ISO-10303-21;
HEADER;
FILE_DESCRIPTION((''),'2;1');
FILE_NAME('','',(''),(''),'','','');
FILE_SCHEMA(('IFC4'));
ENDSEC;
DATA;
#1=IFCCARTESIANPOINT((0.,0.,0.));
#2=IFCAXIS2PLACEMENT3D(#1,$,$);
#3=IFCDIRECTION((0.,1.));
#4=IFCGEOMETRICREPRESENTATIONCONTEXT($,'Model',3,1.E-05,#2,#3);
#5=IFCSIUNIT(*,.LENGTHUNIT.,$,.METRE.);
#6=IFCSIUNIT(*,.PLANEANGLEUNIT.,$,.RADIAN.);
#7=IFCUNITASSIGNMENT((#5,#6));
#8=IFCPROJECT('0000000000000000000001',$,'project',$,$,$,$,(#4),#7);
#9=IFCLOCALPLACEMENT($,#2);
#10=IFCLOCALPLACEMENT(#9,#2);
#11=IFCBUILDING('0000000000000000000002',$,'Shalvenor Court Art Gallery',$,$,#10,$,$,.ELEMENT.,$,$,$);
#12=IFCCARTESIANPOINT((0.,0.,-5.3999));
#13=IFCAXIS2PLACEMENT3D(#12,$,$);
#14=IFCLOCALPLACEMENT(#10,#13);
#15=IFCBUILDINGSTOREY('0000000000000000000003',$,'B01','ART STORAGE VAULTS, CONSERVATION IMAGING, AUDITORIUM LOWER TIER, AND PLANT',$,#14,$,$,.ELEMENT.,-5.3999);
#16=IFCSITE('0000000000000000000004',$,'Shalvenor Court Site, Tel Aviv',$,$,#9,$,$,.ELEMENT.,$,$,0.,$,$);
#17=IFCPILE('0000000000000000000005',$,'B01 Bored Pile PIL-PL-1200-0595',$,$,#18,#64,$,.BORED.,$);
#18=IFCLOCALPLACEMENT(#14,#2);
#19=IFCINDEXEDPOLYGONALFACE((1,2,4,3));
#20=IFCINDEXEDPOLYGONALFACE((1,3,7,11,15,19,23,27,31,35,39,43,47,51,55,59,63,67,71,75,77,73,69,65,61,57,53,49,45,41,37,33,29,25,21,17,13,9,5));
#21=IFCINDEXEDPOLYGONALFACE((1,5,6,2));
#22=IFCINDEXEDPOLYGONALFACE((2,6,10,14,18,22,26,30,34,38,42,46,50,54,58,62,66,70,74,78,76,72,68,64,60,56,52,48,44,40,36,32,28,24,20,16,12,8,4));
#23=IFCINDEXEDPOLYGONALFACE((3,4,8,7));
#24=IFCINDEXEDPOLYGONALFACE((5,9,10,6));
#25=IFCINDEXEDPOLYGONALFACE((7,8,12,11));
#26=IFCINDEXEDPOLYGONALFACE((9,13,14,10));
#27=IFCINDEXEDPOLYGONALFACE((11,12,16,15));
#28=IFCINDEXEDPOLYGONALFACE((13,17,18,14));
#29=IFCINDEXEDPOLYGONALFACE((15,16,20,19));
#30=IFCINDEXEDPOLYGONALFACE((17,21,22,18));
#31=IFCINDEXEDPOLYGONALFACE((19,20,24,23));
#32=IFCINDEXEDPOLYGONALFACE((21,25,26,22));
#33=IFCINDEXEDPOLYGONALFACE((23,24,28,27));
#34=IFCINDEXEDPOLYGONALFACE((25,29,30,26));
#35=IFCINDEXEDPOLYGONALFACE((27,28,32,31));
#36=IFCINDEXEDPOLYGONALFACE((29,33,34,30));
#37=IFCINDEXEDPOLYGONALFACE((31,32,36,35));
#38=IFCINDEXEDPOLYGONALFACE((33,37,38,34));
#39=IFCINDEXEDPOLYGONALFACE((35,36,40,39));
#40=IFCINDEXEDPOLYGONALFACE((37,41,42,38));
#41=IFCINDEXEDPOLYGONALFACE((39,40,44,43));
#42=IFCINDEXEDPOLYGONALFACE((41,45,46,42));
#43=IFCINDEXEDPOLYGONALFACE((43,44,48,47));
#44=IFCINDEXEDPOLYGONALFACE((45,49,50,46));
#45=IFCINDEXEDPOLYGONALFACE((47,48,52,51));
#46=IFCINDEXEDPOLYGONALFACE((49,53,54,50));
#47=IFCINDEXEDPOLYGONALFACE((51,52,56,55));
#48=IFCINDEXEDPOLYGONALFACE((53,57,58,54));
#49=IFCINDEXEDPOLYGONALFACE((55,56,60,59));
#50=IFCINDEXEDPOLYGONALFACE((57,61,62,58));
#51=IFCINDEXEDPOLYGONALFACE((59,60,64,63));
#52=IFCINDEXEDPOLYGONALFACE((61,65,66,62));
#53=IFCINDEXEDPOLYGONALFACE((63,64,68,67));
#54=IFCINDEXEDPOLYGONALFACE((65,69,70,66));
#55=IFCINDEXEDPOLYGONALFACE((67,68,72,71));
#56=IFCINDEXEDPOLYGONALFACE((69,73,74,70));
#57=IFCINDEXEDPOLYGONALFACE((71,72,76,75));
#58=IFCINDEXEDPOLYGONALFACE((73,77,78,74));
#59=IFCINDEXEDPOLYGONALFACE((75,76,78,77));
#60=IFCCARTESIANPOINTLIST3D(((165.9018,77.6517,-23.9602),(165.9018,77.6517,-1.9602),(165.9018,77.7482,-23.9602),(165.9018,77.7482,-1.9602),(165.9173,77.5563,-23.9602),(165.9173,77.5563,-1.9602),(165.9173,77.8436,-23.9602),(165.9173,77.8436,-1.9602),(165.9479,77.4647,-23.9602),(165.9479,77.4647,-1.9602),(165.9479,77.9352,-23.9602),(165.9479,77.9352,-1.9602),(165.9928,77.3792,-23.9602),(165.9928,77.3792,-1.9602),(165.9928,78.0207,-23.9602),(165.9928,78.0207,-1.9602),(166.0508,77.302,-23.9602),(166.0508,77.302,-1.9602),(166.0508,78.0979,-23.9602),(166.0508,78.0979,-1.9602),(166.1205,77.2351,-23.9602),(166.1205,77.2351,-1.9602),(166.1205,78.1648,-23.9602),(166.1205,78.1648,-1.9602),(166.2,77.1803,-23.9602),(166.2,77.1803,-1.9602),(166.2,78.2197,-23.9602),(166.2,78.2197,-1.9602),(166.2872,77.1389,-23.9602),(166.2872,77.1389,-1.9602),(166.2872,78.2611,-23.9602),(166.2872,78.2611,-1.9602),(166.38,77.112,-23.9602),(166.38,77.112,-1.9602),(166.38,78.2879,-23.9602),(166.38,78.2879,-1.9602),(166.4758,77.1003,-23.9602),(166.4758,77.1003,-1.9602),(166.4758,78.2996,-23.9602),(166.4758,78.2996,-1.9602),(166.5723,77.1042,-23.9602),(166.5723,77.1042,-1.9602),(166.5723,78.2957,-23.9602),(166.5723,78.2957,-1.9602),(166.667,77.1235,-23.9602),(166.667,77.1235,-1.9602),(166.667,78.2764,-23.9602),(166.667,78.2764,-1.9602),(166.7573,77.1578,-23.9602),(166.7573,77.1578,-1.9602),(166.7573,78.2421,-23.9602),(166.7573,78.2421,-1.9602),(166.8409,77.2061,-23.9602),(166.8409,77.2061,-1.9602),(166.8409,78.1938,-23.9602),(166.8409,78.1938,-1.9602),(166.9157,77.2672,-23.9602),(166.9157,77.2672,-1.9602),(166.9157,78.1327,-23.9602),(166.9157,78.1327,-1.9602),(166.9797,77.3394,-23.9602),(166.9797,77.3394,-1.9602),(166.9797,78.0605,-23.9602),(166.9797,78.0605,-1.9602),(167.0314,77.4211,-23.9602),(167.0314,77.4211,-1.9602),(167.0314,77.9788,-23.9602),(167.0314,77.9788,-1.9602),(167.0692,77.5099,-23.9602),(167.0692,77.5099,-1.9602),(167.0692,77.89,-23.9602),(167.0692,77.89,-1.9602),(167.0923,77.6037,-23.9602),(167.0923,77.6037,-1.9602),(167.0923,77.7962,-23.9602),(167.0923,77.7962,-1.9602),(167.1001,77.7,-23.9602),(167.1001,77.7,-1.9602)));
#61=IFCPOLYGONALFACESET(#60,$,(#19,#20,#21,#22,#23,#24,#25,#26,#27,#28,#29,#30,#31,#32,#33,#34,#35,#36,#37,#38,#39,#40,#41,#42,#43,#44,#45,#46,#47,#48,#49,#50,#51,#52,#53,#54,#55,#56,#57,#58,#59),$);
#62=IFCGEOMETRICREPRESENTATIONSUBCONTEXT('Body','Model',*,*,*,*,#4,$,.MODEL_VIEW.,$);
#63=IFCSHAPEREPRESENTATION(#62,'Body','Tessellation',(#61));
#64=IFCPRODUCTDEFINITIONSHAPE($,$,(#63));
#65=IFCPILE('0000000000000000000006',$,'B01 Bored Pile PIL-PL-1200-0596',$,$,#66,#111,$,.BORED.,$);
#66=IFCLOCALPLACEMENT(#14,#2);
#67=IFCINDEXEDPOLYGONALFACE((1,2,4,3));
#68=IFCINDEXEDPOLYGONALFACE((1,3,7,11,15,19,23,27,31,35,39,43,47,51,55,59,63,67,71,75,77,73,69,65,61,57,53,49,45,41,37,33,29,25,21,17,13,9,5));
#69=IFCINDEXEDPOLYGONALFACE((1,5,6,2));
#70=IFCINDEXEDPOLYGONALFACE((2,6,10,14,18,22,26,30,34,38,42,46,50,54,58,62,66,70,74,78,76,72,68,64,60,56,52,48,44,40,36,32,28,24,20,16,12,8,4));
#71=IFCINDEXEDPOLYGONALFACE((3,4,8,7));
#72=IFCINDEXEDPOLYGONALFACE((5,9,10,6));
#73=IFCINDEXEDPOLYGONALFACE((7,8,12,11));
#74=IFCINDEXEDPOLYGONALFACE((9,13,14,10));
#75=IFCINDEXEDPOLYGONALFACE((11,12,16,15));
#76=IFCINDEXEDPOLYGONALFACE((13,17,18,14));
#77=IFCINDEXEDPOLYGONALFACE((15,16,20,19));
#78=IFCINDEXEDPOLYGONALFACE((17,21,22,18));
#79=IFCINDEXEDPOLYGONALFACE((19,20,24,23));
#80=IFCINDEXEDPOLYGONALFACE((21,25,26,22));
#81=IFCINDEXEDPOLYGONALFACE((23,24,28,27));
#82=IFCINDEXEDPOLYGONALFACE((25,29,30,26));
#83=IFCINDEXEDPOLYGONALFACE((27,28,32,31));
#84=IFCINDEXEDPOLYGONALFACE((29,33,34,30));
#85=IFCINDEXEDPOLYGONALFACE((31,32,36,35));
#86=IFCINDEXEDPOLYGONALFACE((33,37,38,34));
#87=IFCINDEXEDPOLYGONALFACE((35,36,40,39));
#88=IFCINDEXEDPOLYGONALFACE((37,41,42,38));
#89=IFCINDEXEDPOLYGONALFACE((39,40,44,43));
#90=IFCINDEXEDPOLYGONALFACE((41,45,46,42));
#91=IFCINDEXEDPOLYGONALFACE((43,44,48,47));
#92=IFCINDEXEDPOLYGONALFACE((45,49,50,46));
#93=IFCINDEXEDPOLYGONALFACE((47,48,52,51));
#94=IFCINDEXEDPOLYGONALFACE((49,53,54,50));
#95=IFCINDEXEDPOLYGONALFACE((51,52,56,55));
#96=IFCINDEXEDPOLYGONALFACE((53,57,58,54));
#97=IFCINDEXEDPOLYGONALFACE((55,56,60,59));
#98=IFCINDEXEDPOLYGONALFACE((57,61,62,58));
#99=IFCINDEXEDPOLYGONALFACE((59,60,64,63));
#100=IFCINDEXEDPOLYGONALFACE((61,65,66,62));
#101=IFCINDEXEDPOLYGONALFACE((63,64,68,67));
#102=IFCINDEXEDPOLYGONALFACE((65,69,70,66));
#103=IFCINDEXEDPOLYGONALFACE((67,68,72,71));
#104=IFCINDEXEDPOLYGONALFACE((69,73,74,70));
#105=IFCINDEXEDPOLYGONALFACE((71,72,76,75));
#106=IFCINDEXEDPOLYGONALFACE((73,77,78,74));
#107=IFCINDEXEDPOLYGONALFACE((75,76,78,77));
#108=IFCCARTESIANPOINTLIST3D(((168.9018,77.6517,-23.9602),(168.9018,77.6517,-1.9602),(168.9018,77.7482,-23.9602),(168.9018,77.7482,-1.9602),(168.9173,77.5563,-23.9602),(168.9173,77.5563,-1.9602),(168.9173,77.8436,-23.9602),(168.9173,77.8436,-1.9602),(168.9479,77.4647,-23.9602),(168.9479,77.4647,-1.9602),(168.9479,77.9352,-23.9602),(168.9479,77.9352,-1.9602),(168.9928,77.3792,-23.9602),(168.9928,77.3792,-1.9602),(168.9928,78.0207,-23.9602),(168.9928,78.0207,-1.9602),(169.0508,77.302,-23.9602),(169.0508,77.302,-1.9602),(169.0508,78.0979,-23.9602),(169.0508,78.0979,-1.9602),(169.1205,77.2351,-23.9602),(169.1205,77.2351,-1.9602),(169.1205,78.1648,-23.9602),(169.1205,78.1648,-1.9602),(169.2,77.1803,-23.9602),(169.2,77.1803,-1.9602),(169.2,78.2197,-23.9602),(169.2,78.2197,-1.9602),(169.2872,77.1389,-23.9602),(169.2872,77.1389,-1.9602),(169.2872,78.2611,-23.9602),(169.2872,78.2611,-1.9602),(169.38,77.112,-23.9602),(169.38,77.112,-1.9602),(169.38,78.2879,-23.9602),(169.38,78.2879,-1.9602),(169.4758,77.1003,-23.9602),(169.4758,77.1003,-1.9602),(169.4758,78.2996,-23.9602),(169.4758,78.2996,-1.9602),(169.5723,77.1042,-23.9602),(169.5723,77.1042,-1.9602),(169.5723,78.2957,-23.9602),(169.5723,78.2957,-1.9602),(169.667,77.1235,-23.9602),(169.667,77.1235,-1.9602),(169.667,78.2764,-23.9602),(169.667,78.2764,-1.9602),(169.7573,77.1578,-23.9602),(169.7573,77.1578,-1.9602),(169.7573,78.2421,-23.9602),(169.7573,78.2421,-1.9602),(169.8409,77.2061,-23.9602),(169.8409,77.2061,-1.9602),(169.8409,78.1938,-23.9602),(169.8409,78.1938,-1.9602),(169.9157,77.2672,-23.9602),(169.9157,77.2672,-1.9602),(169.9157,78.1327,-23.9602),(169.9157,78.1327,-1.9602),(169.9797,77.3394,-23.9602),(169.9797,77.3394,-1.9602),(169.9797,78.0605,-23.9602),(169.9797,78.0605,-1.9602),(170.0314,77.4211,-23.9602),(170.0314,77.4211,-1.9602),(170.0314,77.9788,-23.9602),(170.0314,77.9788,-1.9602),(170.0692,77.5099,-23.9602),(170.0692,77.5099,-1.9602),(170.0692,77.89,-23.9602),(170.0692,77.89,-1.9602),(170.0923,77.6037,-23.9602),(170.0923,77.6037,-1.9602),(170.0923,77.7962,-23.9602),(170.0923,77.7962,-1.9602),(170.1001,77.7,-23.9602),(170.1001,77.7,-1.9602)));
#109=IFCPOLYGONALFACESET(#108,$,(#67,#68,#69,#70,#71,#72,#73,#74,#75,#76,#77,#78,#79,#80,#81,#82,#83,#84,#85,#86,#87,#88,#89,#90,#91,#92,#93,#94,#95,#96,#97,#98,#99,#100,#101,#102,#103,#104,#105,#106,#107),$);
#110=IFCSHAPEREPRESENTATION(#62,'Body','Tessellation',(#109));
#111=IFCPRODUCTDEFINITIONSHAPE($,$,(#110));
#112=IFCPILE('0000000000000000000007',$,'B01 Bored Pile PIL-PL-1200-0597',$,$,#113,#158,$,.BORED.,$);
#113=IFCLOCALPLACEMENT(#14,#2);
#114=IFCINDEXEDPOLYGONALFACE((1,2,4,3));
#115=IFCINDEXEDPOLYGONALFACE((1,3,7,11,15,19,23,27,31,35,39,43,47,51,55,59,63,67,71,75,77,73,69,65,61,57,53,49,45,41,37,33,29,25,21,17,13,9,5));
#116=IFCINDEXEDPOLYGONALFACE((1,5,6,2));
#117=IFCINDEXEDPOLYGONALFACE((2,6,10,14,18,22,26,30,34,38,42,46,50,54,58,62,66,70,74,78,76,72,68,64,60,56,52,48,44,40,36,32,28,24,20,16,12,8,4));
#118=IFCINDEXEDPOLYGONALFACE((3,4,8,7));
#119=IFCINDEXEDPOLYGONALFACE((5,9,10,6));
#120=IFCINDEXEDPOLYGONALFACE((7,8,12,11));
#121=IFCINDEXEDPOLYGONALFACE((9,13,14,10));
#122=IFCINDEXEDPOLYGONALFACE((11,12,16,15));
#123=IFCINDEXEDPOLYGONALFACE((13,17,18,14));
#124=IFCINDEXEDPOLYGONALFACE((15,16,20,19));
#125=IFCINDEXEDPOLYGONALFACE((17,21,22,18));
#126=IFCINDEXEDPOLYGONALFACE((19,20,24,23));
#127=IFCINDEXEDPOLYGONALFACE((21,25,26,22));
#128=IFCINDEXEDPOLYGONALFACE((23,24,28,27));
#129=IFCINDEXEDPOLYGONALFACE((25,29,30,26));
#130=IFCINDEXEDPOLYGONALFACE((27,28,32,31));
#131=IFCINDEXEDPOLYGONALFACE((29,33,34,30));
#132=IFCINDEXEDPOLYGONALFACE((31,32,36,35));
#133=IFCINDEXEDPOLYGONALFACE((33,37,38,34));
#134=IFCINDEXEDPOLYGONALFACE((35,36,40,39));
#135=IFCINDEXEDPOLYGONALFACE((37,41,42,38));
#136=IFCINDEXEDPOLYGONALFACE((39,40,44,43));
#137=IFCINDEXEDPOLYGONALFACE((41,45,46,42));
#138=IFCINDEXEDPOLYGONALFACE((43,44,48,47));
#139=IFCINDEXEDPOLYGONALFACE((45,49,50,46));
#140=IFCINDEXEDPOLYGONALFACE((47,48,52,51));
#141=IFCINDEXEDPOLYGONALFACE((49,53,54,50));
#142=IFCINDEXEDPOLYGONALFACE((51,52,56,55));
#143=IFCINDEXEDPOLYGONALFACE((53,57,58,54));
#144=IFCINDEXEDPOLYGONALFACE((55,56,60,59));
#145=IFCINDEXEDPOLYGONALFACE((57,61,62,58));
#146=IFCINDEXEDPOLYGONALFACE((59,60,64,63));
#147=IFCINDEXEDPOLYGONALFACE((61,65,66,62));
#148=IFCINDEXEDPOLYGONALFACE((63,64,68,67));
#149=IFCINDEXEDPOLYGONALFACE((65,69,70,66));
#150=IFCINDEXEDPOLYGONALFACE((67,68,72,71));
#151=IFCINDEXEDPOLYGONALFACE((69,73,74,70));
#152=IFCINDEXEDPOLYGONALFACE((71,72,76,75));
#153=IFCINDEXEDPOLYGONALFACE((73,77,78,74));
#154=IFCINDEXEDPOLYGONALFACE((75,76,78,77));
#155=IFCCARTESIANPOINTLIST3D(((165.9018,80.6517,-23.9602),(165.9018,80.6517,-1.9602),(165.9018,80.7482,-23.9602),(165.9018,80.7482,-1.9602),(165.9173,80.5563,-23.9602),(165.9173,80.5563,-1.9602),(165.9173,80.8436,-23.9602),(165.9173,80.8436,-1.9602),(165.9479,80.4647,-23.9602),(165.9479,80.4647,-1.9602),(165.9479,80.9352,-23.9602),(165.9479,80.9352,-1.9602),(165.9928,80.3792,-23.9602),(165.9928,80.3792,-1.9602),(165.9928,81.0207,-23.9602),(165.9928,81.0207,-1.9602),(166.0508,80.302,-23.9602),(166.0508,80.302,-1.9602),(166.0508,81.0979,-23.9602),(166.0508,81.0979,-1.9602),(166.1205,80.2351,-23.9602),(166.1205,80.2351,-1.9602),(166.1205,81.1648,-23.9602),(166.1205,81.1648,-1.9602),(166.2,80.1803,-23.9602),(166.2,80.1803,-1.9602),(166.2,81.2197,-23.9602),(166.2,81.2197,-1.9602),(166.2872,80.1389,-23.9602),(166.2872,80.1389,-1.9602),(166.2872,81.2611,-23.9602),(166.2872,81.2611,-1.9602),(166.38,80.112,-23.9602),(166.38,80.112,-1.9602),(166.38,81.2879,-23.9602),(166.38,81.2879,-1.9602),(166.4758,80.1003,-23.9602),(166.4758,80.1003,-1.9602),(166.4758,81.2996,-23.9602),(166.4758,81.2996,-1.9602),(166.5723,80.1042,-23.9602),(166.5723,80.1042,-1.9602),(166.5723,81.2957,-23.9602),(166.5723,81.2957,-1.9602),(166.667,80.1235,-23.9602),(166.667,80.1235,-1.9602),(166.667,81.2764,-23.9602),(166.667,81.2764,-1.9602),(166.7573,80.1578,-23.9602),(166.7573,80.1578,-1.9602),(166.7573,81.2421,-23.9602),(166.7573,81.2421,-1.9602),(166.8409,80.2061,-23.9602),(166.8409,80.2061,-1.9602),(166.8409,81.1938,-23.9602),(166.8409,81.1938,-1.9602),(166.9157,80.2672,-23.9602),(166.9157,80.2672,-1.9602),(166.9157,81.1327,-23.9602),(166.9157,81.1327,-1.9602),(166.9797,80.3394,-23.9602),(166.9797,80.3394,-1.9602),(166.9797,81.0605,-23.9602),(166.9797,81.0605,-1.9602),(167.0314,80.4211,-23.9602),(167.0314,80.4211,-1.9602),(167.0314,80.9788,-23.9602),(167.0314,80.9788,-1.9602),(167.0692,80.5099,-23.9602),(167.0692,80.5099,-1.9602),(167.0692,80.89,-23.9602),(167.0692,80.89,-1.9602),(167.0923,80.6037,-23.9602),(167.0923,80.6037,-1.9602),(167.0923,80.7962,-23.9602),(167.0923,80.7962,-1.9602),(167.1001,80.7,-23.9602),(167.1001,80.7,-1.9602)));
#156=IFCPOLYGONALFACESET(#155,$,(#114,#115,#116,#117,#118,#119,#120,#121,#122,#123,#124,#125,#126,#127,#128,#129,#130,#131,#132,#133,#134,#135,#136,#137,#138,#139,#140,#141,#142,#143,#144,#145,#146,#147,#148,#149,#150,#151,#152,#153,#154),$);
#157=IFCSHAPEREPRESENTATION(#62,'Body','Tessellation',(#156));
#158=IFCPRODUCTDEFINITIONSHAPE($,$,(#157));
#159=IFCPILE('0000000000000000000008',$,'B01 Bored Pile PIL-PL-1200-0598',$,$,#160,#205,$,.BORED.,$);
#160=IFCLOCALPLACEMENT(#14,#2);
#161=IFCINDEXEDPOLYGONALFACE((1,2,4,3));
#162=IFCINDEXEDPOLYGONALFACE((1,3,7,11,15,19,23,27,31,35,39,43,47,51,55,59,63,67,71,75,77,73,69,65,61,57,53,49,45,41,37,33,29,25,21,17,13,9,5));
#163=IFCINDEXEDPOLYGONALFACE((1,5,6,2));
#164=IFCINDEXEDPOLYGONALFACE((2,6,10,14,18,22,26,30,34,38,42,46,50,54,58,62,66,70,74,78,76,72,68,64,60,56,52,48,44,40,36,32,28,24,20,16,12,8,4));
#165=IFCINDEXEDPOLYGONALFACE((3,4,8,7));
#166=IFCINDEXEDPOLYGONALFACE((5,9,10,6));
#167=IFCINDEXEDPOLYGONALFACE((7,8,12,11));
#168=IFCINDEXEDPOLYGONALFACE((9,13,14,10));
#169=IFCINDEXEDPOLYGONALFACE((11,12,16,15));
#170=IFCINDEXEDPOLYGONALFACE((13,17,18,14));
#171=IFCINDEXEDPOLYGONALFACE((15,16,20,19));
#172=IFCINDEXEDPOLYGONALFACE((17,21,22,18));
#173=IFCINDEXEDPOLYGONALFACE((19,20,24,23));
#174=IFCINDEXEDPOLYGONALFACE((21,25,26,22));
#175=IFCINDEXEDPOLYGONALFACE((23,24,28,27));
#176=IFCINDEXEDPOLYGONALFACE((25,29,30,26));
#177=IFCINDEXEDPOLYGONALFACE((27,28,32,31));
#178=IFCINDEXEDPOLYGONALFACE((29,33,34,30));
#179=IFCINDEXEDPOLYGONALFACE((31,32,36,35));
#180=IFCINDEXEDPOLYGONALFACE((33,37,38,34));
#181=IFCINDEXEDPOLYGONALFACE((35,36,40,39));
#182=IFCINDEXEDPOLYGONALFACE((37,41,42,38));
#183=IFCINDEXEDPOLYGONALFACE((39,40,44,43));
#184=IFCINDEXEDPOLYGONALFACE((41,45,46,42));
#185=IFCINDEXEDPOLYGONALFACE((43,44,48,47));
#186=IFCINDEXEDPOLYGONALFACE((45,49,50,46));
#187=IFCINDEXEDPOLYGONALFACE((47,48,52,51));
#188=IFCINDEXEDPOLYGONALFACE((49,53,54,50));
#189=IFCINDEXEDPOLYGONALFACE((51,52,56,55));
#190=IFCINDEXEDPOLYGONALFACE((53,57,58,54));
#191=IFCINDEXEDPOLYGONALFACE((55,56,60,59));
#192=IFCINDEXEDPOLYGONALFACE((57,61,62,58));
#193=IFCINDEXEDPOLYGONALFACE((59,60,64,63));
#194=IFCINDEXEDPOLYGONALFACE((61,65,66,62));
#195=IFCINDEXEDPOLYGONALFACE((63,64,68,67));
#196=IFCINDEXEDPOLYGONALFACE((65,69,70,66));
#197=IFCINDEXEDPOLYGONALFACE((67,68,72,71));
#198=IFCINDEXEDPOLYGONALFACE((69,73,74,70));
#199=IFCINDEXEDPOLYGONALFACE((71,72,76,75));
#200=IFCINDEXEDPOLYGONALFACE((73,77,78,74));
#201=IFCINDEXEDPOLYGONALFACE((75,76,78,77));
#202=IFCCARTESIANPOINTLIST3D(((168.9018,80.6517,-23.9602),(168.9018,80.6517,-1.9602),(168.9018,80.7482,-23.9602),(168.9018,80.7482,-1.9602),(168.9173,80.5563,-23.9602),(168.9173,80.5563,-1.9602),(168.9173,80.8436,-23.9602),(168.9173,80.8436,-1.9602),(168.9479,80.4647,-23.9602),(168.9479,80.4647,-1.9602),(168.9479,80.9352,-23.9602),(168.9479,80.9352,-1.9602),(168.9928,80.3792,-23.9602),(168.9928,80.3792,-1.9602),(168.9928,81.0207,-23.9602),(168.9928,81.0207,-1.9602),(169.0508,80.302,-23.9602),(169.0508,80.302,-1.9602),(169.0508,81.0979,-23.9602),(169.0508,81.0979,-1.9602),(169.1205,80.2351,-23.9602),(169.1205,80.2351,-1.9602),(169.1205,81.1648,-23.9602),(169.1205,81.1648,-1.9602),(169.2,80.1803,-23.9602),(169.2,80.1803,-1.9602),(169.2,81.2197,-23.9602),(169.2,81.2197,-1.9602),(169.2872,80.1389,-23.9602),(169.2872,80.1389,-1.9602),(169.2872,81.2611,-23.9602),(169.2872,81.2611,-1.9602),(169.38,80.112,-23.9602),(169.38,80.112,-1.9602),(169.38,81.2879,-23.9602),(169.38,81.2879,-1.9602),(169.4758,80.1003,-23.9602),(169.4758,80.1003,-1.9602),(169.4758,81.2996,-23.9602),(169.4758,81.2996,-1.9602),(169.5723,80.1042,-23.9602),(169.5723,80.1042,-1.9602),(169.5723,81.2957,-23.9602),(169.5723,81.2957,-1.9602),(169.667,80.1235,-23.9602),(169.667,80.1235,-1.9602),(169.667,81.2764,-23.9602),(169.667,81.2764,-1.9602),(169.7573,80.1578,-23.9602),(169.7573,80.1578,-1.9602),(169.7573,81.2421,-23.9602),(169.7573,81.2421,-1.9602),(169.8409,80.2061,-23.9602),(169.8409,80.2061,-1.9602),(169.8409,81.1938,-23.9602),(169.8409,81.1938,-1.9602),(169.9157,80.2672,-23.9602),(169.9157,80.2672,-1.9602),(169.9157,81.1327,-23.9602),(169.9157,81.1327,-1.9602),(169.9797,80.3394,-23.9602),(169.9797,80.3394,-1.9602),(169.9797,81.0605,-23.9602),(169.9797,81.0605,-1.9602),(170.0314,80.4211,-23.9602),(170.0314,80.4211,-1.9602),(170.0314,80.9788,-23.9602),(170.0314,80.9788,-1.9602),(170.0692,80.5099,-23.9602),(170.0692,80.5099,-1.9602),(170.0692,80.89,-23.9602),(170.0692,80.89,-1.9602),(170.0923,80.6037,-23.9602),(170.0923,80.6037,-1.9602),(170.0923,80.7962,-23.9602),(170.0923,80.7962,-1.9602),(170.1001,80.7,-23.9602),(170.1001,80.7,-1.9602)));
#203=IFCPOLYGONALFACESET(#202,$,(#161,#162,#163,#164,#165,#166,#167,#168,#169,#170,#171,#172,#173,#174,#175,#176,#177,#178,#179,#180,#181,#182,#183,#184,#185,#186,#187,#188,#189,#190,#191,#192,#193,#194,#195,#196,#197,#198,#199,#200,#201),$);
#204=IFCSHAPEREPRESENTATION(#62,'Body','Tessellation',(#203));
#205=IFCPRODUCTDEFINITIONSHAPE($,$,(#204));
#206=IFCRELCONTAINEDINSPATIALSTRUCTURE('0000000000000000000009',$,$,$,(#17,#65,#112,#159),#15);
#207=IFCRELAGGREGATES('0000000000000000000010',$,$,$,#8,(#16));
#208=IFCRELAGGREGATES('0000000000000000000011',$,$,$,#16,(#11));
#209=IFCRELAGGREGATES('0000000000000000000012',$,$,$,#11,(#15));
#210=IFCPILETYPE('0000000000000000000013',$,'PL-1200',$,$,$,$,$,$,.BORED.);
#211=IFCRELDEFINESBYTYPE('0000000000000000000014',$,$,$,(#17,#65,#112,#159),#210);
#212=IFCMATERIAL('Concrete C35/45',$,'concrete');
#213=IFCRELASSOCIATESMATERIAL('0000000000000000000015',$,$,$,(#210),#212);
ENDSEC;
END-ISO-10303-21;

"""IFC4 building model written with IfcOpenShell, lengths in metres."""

from ifc_helpers import new_model, si_unit, direction, frame, origin, origin_2d, place, context, subcontext, project, spatial, circle, extrude, material, material_profile, profile_set, type_object, element, save


model = new_model("IFC4")

# Units and contexts
model_context = context("Model", 3, precision=1e-05, world=origin(), true_north=direction((0.0, 1.0)))
body_context = subcontext(model_context, "Body", "Model", "MODEL_VIEW")
ifc_project = project(units=[si_unit("LENGTHUNIT", "METRE"), si_unit("PLANEANGLEUNIT", "RADIAN")], contexts=[model_context])

# Site, building, storey
site_placement = place(None, origin())
site = spatial("IfcSite", under=ifc_project, at=site_placement, Name="Shalvenor Court Site, Tel Aviv", CompositionType="ELEMENT", RefElevation=0.0)
building_placement = place(site_placement, origin())
building = spatial("IfcBuilding", under=site, at=building_placement, Name="Shalvenor Court Art Gallery", CompositionType="ELEMENT")
storey_placement = place(building_placement, frame((0.0, 0.0, -5.3999)))
storey = spatial("IfcBuildingStorey", under=building, at=storey_placement, Name="B01", Description="ART STORAGE VAULTS, CONSERVATION IMAGING, AUDITORIUM LOWER TIER, AND PLANT", CompositionType="ELEMENT", Elevation=-5.3999)

# Piles
ifc_material_1 = material(Name="Concrete C35/45", Category="concrete")
ifc_material_profile_1 = material_profile(ifc_material_1, circle(Radius=0.6001, at=origin_2d()), Name="PILE 1200")
ifc_profile_set_1 = profile_set([ifc_material_profile_1], Name="Concrete C35/45")
pile_type = type_object("IfcPileType", Name="PL-1200", PredefinedType="BORED", material=ifc_profile_set_1)
for number, where, z_axis, x_axis, name in (
    (1, (166.5, 77.7, -1.9602), (0.0, 0.0, -1.0), (1.0, 0.0, 0.0), "B01 Bored Pile PIL-PL-1200-0595"),
    (2, (169.5, 77.7, -1.9602), (0.0, 0.0, -1.0), (1.0, 0.0, 0.0), "B01 Bored Pile PIL-PL-1200-0596"),
    (3, (166.5, 80.7, -1.9602), (0.0, 0.0, -1.0), (1.0, 0.0, 0.0), "B01 Bored Pile PIL-PL-1200-0597"),
    (4, (169.5, 80.7, -1.9602), (0.0, 0.0, -1.0), (1.0, 0.0, 0.0), "B01 Bored Pile PIL-PL-1200-0598"),
):
    element("IfcPile", number, at=place(storey_placement, frame(where, z_axis=z_axis, x_axis=x_axis)), inside=storey, type_object=pile_type, Name=name, PredefinedType="BORED", context=body_context, shape_type="SweptSolid", body=[
        extrude(circle(Radius=0.6001, at=origin_2d()), origin(), (0.0, 0.0, 1.0), 22.0),
    ])

save(model, "model.ifc")
